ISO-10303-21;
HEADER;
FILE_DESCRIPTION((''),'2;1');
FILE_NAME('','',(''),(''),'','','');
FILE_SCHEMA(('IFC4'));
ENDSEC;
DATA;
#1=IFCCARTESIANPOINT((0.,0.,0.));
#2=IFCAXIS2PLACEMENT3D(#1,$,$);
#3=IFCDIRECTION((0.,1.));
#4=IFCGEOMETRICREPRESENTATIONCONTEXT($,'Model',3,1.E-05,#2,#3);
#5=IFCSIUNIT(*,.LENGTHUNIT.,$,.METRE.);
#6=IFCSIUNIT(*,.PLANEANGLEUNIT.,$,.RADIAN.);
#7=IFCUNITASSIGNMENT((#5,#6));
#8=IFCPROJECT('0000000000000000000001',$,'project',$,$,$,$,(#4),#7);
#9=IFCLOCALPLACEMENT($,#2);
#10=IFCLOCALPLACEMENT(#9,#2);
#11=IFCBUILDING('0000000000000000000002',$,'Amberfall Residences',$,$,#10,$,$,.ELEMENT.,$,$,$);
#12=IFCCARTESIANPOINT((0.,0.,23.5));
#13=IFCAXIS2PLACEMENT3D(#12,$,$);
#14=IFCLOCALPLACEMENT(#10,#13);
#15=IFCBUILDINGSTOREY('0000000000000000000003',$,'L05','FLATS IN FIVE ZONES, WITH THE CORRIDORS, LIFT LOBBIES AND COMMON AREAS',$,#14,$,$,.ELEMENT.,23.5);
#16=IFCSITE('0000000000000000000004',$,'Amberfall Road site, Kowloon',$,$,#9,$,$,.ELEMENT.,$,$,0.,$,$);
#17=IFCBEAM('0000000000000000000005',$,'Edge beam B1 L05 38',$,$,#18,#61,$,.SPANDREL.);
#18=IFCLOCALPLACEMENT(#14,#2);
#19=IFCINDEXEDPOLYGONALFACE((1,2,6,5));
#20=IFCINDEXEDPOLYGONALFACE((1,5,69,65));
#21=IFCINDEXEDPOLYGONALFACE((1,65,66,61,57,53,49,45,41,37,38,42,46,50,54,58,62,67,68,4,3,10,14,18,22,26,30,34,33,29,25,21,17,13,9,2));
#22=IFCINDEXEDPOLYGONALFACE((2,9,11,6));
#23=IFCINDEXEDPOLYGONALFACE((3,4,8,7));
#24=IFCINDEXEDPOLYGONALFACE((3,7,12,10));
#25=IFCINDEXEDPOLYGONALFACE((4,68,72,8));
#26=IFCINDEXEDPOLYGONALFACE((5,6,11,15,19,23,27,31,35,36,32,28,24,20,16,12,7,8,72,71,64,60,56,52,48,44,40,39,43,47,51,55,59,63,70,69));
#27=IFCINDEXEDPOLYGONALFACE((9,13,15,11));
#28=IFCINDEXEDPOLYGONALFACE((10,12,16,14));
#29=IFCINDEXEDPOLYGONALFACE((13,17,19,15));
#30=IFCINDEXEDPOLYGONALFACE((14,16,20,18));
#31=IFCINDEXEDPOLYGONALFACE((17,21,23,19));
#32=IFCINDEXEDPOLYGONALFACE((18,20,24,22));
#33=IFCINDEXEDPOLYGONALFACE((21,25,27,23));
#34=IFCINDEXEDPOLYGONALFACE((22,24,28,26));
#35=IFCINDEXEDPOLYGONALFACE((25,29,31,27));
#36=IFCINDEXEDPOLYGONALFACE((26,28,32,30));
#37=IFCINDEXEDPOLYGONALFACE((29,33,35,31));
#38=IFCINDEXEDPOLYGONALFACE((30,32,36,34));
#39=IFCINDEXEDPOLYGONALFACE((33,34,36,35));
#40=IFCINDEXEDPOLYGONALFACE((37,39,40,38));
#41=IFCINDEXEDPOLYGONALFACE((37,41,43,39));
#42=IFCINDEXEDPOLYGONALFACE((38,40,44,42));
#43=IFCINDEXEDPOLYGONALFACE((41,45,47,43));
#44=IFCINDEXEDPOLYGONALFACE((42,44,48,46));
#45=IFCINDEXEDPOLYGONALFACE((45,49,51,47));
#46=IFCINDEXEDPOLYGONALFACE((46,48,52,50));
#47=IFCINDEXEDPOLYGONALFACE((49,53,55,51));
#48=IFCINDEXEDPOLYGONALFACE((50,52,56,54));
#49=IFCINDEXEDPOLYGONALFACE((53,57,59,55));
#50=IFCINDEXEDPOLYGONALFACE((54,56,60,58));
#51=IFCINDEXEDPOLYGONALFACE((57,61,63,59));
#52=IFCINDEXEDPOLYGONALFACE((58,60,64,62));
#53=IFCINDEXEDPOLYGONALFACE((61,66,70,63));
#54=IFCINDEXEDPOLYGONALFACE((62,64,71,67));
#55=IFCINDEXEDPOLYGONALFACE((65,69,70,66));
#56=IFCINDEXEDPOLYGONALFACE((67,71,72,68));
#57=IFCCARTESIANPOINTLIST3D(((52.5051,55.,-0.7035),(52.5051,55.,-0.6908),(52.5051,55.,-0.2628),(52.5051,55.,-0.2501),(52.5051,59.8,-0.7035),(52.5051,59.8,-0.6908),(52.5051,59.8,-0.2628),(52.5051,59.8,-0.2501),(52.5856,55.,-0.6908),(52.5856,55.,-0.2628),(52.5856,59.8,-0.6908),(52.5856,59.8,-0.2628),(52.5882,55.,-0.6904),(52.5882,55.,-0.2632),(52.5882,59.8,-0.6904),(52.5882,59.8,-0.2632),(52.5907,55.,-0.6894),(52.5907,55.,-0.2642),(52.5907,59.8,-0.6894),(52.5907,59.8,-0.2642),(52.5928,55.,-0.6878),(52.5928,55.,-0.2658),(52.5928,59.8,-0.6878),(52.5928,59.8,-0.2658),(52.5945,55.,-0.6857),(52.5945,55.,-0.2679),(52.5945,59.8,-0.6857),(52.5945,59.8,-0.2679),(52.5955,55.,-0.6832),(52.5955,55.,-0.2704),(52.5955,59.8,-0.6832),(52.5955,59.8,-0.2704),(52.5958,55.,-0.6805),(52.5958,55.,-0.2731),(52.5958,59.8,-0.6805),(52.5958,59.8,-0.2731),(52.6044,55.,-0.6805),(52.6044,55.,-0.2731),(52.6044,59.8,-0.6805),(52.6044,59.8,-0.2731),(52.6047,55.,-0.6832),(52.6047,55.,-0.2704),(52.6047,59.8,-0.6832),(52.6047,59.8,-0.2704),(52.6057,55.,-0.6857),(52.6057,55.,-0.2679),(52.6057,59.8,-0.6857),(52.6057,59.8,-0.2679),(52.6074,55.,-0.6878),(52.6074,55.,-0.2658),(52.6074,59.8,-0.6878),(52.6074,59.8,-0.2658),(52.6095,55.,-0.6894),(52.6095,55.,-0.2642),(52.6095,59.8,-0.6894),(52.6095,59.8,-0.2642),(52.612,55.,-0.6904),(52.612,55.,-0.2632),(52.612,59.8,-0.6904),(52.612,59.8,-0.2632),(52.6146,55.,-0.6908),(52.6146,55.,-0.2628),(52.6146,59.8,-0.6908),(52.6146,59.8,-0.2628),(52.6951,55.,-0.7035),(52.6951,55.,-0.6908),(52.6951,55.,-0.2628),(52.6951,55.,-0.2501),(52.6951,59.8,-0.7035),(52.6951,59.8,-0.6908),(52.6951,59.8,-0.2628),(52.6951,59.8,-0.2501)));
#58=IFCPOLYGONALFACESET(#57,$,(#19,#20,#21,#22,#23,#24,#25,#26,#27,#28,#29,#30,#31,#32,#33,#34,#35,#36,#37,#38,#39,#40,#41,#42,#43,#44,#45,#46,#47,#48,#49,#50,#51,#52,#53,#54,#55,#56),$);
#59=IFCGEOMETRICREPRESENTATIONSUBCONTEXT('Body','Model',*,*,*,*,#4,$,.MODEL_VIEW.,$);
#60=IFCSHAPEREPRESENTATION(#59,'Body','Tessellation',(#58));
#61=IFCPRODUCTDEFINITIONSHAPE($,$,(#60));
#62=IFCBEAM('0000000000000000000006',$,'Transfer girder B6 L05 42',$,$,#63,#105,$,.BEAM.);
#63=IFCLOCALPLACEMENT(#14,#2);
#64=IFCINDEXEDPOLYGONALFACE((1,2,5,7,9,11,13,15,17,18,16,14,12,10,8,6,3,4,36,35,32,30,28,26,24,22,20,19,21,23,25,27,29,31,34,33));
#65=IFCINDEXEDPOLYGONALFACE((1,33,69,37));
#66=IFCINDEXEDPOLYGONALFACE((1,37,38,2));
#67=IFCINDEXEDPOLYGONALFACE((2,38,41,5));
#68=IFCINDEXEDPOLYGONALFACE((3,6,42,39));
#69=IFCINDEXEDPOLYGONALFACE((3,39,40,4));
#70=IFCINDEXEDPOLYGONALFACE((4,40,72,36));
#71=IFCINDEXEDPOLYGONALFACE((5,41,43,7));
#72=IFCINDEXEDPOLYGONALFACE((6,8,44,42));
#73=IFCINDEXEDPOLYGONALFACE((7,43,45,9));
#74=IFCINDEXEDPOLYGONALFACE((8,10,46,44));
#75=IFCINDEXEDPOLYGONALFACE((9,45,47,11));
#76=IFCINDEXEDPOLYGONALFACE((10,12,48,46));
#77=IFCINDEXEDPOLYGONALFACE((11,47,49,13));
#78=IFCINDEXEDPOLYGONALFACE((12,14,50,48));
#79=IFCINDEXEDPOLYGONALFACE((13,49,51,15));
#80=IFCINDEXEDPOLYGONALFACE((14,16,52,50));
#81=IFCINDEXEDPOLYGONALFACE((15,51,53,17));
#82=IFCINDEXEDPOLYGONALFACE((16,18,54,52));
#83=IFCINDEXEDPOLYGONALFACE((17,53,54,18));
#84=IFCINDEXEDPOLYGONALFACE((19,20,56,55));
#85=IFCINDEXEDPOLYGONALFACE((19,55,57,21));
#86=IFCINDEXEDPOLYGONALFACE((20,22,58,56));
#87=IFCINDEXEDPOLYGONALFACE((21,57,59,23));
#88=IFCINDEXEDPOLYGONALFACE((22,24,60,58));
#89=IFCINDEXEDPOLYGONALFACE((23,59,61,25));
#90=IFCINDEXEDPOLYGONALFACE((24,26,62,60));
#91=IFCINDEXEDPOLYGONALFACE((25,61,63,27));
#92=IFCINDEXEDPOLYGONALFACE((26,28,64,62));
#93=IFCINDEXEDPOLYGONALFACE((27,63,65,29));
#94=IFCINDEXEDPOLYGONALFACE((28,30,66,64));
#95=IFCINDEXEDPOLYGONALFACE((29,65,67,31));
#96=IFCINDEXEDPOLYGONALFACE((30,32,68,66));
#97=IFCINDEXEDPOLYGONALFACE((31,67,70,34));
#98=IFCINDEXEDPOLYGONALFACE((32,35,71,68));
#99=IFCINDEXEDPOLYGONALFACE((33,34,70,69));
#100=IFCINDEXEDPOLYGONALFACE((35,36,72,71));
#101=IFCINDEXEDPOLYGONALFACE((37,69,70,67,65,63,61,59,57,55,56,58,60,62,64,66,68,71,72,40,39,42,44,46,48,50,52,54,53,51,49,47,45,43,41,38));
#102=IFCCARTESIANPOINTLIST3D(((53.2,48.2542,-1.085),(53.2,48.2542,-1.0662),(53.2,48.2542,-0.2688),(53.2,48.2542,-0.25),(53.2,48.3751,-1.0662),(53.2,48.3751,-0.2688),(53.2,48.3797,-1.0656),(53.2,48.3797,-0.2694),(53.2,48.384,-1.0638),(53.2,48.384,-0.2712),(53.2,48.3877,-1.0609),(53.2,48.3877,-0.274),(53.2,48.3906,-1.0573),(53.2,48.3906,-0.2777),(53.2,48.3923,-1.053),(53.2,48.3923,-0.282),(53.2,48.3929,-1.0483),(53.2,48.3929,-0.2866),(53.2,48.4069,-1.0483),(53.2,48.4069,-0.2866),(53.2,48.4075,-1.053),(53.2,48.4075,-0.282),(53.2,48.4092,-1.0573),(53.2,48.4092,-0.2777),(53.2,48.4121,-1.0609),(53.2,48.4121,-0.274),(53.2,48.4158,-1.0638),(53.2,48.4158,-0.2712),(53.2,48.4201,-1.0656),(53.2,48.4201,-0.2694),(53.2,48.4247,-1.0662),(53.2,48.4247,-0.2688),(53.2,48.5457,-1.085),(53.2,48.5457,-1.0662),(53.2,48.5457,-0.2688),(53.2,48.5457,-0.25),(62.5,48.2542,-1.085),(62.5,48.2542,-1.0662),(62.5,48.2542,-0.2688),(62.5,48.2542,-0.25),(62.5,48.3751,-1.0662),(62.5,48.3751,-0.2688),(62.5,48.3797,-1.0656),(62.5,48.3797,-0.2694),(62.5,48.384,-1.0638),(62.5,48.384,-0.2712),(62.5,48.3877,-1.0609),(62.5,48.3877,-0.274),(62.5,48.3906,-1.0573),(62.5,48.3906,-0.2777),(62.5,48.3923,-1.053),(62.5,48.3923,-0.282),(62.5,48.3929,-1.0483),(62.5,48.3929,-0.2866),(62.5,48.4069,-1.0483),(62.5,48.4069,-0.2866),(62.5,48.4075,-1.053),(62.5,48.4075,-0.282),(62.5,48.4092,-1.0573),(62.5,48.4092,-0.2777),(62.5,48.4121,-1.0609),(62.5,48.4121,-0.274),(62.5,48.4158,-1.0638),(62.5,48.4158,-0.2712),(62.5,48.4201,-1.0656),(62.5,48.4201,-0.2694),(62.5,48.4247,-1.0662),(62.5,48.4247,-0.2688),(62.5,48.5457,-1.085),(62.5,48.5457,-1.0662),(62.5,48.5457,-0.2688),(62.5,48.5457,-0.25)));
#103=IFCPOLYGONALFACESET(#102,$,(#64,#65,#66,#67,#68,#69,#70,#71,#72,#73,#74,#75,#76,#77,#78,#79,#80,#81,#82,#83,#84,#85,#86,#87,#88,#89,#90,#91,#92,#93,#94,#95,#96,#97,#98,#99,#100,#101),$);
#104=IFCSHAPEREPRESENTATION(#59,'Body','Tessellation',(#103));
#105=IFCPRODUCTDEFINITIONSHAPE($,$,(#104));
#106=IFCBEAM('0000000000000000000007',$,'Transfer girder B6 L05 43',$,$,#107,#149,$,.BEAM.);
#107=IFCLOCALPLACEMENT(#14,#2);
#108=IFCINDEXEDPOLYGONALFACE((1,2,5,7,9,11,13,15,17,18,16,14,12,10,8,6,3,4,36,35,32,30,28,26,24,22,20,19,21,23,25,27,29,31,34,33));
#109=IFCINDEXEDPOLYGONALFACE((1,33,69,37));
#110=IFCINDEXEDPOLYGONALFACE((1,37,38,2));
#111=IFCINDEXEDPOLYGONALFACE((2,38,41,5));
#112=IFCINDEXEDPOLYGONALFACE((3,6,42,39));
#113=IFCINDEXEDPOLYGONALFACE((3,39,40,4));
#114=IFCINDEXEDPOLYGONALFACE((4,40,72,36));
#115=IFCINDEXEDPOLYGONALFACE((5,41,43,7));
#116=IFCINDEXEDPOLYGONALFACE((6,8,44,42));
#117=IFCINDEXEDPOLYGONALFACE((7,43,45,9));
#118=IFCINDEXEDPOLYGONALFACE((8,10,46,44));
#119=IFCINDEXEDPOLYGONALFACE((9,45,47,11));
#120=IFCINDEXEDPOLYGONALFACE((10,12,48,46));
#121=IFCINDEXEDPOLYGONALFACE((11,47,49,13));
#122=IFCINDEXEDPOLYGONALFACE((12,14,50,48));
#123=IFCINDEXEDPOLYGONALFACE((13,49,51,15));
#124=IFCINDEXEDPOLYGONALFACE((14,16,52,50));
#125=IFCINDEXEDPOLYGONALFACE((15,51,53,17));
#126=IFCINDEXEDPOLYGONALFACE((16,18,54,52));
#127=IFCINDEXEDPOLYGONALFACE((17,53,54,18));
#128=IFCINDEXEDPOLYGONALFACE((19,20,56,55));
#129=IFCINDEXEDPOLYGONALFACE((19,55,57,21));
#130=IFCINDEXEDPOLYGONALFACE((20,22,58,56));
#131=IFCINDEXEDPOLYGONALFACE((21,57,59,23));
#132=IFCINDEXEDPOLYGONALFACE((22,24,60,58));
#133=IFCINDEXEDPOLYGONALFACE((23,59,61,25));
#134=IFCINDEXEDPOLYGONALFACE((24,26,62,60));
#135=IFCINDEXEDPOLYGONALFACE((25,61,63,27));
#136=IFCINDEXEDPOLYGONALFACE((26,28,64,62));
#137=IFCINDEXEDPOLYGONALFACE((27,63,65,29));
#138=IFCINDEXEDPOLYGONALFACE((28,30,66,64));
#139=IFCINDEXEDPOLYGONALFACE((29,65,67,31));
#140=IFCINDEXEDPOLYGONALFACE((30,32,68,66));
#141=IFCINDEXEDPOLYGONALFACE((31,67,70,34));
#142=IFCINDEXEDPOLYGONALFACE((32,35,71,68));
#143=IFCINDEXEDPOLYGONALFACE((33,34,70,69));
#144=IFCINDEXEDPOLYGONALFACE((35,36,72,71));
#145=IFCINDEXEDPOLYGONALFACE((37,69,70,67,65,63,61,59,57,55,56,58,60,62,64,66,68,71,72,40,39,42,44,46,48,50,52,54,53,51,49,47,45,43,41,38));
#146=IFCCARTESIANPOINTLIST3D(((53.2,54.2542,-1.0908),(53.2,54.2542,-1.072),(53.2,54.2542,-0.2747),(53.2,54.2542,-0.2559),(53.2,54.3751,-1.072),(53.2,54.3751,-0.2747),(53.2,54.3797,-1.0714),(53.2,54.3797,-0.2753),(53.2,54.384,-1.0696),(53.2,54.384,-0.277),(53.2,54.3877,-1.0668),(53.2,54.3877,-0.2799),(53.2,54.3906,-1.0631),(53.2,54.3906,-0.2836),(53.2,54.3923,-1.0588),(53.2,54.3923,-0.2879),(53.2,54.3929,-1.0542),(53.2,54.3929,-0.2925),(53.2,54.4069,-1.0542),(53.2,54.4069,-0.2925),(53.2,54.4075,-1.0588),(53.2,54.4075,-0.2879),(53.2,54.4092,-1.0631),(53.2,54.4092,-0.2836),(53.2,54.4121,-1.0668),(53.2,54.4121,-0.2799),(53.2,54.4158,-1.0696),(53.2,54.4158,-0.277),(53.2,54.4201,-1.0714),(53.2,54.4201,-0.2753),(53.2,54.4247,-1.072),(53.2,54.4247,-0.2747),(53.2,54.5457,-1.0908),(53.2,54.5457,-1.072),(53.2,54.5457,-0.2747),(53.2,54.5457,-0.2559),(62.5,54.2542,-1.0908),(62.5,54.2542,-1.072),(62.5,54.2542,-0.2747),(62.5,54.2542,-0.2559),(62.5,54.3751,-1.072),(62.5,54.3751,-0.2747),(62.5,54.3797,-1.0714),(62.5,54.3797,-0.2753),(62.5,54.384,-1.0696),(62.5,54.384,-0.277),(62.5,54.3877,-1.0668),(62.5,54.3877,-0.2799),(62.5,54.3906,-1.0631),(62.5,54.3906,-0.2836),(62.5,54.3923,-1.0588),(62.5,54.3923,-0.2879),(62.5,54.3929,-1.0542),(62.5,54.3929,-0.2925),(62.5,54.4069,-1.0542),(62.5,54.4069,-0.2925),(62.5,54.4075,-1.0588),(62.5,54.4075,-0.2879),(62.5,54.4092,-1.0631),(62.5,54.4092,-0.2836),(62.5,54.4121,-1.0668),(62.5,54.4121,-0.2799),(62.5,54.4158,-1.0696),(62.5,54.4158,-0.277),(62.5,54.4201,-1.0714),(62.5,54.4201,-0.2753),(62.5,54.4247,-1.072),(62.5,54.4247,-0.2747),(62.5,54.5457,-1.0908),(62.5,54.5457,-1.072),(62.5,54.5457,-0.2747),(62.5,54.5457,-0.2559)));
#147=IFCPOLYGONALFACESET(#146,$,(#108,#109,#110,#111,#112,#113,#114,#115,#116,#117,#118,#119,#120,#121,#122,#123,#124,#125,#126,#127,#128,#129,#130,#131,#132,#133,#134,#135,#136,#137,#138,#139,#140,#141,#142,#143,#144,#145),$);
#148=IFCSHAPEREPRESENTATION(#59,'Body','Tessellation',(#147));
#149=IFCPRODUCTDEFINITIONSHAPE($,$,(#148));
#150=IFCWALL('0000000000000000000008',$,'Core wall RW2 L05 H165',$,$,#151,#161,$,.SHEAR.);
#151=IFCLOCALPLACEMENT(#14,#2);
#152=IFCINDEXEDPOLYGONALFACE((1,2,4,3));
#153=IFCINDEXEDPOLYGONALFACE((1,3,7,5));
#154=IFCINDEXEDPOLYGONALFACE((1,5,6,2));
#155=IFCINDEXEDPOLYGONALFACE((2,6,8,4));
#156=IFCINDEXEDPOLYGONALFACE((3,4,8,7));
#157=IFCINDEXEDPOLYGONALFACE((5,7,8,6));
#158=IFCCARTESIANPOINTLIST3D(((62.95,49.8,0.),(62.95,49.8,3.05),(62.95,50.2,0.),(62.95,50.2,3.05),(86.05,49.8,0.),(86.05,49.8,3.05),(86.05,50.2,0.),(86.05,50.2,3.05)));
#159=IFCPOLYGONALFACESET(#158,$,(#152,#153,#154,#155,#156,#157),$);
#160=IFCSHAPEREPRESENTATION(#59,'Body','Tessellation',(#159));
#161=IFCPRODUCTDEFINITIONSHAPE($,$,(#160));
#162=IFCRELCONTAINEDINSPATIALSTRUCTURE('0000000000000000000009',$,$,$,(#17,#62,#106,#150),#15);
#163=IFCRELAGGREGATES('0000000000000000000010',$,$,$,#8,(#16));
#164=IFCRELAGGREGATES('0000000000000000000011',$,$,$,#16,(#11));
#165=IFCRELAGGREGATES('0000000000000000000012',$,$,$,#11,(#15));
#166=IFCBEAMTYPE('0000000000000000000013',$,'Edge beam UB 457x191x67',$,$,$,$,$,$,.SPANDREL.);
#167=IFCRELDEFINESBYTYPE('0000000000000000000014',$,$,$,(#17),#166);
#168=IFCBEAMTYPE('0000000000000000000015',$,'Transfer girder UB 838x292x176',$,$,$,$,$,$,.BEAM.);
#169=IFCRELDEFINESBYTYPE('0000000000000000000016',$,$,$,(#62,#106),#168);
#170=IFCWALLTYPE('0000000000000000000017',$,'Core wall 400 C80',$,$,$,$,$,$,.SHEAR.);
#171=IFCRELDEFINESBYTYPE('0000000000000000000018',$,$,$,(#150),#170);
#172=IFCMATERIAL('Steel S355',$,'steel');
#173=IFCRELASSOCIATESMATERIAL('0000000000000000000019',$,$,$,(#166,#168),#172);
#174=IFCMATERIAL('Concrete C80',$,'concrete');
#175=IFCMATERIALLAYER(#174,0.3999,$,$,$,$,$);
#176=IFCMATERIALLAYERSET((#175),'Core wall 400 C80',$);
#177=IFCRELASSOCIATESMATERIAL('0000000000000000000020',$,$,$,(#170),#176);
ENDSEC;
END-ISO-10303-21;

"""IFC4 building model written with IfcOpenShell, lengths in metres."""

from ifc_helpers import new_model, si_unit, direction, frame, frame_2d, origin, origin_2d, place, context, subcontext, project, spatial, rectangle, i_section, extrude, material, layer, layer_set, material_profile, profile_set, type_object, element, save


model = new_model("IFC4")

# Units and contexts
model_context = context("Model", 3, precision=1e-05, world=origin(), true_north=direction((0.0, 1.0)))
body_context = subcontext(model_context, "Body", "Model", "MODEL_VIEW")
ifc_project = project(units=[si_unit("LENGTHUNIT", "METRE"), si_unit("PLANEANGLEUNIT", "RADIAN")], contexts=[model_context])

# Site, building, storey
site_placement = place(None, origin())
site = spatial("IfcSite", under=ifc_project, at=site_placement, Name="Amberfall Road site, Kowloon", CompositionType="ELEMENT", RefElevation=0.0)
building_placement = place(site_placement, origin())
building = spatial("IfcBuilding", under=site, at=building_placement, Name="Amberfall Residences", CompositionType="ELEMENT")
storey_placement = place(building_placement, frame((0.0, 0.0, 23.5)))
storey = spatial("IfcBuildingStorey", under=building, at=storey_placement, Name="L05", Description="FLATS IN FIVE ZONES, WITH THE CORRIDORS, LIFT LOBBIES AND COMMON AREAS", CompositionType="ELEMENT", Elevation=23.5)

# Beams
ifc_material_1 = material(Name="Steel S355", Category="steel")
ifc_material_profile_1 = material_profile(ifc_material_1, i_section(OverallWidth=0.1899, OverallDepth=0.4534, WebThickness=0.0085, FlangeThickness=0.0127, FilletRadius=0.0103, at=origin_2d()), Name="UB 457x191x67")
ifc_profile_set_1 = profile_set([ifc_material_profile_1], Name="Steel S355")
beam_type_1 = type_object("IfcBeamType", Name="Edge beam UB 457x191x67", PredefinedType="SPANDREL", material=ifc_profile_set_1)
beam_placement = place(storey_placement, frame((52.6001, 55.0, -0.4768), z_axis=(0.0, 1.0, 0.0), x_axis=(-1.0, 0.0, 0.0)))
element("IfcBeam", 1, at=beam_placement, inside=storey, type_object=beam_type_1, Name="Edge beam B1 L05 38", PredefinedType="SPANDREL", context=body_context, shape_type="SweptSolid", body=[
    extrude(i_section(OverallWidth=0.1899, OverallDepth=0.4534, WebThickness=0.0085, FlangeThickness=0.0127, FilletRadius=0.0103, at=origin_2d()), origin(), (0.0, 0.0, 1.0), 4.8),
])
ifc_material_profile_2 = material_profile(ifc_material_1, i_section(OverallWidth=0.2915, OverallDepth=0.835, WebThickness=0.0139, FlangeThickness=0.0188, FilletRadius=0.0178, at=origin_2d()), Name="UB 838x292x176")
ifc_profile_set_2 = profile_set([ifc_material_profile_2], Name="Steel S355")
beam_type_2 = type_object("IfcBeamType", Name="Transfer girder UB 838x292x176", PredefinedType="BEAM", material=ifc_profile_set_2)
for number, where, z_axis, x_axis, name in (
    (2, (53.2, 48.3999, -0.6675), (1.0, 0.0, 0.0), (0.0, 1.0, 0.0), "Transfer girder B6 L05 42"),
    (3, (53.2, 54.3999, -0.6733), (1.0, 0.0, 0.0), (0.0, 1.0, 0.0), "Transfer girder B6 L05 43"),
):
    element("IfcBeam", number, at=place(storey_placement, frame(where, z_axis=z_axis, x_axis=x_axis)), inside=storey, type_object=beam_type_2, Name=name, PredefinedType="BEAM", context=body_context, shape_type="SweptSolid", body=[
        extrude(i_section(OverallWidth=0.2915, OverallDepth=0.835, WebThickness=0.0139, FlangeThickness=0.0188, FilletRadius=0.0178, at=origin_2d()), origin(), (0.0, 0.0, 1.0), 9.3),
    ])

# Wall
ifc_material_2 = material(Name="Concrete C80", Category="concrete")
ifc_layer_1 = layer(ifc_material_2, 0.3999)
ifc_layer_set_1 = layer_set([ifc_layer_1], Name="Core wall 400 C80")
wall_type_1 = type_object("IfcWallType", Name="Core wall 400 C80", PredefinedType="SHEAR", material=ifc_layer_set_1)
wall_1_placement = place(storey_placement, frame((62.95, 50.0, 0.0), z_axis=(0.0, 0.0, 1.0), x_axis=(1.0, 0.0, 0.0)))
element("IfcWall", 4, at=wall_1_placement, inside=storey, type_object=wall_type_1, Name="Core wall RW2 L05 H165", PredefinedType="SHEAR", context=body_context, shape_type="SweptSolid", body=[
    extrude(rectangle(XDim=23.1001, YDim=0.3999, at=frame_2d((11.55, 0.0))), origin(), (0.0, 0.0, 1.0), 3.05),
])

save(model, "model.ifc")
